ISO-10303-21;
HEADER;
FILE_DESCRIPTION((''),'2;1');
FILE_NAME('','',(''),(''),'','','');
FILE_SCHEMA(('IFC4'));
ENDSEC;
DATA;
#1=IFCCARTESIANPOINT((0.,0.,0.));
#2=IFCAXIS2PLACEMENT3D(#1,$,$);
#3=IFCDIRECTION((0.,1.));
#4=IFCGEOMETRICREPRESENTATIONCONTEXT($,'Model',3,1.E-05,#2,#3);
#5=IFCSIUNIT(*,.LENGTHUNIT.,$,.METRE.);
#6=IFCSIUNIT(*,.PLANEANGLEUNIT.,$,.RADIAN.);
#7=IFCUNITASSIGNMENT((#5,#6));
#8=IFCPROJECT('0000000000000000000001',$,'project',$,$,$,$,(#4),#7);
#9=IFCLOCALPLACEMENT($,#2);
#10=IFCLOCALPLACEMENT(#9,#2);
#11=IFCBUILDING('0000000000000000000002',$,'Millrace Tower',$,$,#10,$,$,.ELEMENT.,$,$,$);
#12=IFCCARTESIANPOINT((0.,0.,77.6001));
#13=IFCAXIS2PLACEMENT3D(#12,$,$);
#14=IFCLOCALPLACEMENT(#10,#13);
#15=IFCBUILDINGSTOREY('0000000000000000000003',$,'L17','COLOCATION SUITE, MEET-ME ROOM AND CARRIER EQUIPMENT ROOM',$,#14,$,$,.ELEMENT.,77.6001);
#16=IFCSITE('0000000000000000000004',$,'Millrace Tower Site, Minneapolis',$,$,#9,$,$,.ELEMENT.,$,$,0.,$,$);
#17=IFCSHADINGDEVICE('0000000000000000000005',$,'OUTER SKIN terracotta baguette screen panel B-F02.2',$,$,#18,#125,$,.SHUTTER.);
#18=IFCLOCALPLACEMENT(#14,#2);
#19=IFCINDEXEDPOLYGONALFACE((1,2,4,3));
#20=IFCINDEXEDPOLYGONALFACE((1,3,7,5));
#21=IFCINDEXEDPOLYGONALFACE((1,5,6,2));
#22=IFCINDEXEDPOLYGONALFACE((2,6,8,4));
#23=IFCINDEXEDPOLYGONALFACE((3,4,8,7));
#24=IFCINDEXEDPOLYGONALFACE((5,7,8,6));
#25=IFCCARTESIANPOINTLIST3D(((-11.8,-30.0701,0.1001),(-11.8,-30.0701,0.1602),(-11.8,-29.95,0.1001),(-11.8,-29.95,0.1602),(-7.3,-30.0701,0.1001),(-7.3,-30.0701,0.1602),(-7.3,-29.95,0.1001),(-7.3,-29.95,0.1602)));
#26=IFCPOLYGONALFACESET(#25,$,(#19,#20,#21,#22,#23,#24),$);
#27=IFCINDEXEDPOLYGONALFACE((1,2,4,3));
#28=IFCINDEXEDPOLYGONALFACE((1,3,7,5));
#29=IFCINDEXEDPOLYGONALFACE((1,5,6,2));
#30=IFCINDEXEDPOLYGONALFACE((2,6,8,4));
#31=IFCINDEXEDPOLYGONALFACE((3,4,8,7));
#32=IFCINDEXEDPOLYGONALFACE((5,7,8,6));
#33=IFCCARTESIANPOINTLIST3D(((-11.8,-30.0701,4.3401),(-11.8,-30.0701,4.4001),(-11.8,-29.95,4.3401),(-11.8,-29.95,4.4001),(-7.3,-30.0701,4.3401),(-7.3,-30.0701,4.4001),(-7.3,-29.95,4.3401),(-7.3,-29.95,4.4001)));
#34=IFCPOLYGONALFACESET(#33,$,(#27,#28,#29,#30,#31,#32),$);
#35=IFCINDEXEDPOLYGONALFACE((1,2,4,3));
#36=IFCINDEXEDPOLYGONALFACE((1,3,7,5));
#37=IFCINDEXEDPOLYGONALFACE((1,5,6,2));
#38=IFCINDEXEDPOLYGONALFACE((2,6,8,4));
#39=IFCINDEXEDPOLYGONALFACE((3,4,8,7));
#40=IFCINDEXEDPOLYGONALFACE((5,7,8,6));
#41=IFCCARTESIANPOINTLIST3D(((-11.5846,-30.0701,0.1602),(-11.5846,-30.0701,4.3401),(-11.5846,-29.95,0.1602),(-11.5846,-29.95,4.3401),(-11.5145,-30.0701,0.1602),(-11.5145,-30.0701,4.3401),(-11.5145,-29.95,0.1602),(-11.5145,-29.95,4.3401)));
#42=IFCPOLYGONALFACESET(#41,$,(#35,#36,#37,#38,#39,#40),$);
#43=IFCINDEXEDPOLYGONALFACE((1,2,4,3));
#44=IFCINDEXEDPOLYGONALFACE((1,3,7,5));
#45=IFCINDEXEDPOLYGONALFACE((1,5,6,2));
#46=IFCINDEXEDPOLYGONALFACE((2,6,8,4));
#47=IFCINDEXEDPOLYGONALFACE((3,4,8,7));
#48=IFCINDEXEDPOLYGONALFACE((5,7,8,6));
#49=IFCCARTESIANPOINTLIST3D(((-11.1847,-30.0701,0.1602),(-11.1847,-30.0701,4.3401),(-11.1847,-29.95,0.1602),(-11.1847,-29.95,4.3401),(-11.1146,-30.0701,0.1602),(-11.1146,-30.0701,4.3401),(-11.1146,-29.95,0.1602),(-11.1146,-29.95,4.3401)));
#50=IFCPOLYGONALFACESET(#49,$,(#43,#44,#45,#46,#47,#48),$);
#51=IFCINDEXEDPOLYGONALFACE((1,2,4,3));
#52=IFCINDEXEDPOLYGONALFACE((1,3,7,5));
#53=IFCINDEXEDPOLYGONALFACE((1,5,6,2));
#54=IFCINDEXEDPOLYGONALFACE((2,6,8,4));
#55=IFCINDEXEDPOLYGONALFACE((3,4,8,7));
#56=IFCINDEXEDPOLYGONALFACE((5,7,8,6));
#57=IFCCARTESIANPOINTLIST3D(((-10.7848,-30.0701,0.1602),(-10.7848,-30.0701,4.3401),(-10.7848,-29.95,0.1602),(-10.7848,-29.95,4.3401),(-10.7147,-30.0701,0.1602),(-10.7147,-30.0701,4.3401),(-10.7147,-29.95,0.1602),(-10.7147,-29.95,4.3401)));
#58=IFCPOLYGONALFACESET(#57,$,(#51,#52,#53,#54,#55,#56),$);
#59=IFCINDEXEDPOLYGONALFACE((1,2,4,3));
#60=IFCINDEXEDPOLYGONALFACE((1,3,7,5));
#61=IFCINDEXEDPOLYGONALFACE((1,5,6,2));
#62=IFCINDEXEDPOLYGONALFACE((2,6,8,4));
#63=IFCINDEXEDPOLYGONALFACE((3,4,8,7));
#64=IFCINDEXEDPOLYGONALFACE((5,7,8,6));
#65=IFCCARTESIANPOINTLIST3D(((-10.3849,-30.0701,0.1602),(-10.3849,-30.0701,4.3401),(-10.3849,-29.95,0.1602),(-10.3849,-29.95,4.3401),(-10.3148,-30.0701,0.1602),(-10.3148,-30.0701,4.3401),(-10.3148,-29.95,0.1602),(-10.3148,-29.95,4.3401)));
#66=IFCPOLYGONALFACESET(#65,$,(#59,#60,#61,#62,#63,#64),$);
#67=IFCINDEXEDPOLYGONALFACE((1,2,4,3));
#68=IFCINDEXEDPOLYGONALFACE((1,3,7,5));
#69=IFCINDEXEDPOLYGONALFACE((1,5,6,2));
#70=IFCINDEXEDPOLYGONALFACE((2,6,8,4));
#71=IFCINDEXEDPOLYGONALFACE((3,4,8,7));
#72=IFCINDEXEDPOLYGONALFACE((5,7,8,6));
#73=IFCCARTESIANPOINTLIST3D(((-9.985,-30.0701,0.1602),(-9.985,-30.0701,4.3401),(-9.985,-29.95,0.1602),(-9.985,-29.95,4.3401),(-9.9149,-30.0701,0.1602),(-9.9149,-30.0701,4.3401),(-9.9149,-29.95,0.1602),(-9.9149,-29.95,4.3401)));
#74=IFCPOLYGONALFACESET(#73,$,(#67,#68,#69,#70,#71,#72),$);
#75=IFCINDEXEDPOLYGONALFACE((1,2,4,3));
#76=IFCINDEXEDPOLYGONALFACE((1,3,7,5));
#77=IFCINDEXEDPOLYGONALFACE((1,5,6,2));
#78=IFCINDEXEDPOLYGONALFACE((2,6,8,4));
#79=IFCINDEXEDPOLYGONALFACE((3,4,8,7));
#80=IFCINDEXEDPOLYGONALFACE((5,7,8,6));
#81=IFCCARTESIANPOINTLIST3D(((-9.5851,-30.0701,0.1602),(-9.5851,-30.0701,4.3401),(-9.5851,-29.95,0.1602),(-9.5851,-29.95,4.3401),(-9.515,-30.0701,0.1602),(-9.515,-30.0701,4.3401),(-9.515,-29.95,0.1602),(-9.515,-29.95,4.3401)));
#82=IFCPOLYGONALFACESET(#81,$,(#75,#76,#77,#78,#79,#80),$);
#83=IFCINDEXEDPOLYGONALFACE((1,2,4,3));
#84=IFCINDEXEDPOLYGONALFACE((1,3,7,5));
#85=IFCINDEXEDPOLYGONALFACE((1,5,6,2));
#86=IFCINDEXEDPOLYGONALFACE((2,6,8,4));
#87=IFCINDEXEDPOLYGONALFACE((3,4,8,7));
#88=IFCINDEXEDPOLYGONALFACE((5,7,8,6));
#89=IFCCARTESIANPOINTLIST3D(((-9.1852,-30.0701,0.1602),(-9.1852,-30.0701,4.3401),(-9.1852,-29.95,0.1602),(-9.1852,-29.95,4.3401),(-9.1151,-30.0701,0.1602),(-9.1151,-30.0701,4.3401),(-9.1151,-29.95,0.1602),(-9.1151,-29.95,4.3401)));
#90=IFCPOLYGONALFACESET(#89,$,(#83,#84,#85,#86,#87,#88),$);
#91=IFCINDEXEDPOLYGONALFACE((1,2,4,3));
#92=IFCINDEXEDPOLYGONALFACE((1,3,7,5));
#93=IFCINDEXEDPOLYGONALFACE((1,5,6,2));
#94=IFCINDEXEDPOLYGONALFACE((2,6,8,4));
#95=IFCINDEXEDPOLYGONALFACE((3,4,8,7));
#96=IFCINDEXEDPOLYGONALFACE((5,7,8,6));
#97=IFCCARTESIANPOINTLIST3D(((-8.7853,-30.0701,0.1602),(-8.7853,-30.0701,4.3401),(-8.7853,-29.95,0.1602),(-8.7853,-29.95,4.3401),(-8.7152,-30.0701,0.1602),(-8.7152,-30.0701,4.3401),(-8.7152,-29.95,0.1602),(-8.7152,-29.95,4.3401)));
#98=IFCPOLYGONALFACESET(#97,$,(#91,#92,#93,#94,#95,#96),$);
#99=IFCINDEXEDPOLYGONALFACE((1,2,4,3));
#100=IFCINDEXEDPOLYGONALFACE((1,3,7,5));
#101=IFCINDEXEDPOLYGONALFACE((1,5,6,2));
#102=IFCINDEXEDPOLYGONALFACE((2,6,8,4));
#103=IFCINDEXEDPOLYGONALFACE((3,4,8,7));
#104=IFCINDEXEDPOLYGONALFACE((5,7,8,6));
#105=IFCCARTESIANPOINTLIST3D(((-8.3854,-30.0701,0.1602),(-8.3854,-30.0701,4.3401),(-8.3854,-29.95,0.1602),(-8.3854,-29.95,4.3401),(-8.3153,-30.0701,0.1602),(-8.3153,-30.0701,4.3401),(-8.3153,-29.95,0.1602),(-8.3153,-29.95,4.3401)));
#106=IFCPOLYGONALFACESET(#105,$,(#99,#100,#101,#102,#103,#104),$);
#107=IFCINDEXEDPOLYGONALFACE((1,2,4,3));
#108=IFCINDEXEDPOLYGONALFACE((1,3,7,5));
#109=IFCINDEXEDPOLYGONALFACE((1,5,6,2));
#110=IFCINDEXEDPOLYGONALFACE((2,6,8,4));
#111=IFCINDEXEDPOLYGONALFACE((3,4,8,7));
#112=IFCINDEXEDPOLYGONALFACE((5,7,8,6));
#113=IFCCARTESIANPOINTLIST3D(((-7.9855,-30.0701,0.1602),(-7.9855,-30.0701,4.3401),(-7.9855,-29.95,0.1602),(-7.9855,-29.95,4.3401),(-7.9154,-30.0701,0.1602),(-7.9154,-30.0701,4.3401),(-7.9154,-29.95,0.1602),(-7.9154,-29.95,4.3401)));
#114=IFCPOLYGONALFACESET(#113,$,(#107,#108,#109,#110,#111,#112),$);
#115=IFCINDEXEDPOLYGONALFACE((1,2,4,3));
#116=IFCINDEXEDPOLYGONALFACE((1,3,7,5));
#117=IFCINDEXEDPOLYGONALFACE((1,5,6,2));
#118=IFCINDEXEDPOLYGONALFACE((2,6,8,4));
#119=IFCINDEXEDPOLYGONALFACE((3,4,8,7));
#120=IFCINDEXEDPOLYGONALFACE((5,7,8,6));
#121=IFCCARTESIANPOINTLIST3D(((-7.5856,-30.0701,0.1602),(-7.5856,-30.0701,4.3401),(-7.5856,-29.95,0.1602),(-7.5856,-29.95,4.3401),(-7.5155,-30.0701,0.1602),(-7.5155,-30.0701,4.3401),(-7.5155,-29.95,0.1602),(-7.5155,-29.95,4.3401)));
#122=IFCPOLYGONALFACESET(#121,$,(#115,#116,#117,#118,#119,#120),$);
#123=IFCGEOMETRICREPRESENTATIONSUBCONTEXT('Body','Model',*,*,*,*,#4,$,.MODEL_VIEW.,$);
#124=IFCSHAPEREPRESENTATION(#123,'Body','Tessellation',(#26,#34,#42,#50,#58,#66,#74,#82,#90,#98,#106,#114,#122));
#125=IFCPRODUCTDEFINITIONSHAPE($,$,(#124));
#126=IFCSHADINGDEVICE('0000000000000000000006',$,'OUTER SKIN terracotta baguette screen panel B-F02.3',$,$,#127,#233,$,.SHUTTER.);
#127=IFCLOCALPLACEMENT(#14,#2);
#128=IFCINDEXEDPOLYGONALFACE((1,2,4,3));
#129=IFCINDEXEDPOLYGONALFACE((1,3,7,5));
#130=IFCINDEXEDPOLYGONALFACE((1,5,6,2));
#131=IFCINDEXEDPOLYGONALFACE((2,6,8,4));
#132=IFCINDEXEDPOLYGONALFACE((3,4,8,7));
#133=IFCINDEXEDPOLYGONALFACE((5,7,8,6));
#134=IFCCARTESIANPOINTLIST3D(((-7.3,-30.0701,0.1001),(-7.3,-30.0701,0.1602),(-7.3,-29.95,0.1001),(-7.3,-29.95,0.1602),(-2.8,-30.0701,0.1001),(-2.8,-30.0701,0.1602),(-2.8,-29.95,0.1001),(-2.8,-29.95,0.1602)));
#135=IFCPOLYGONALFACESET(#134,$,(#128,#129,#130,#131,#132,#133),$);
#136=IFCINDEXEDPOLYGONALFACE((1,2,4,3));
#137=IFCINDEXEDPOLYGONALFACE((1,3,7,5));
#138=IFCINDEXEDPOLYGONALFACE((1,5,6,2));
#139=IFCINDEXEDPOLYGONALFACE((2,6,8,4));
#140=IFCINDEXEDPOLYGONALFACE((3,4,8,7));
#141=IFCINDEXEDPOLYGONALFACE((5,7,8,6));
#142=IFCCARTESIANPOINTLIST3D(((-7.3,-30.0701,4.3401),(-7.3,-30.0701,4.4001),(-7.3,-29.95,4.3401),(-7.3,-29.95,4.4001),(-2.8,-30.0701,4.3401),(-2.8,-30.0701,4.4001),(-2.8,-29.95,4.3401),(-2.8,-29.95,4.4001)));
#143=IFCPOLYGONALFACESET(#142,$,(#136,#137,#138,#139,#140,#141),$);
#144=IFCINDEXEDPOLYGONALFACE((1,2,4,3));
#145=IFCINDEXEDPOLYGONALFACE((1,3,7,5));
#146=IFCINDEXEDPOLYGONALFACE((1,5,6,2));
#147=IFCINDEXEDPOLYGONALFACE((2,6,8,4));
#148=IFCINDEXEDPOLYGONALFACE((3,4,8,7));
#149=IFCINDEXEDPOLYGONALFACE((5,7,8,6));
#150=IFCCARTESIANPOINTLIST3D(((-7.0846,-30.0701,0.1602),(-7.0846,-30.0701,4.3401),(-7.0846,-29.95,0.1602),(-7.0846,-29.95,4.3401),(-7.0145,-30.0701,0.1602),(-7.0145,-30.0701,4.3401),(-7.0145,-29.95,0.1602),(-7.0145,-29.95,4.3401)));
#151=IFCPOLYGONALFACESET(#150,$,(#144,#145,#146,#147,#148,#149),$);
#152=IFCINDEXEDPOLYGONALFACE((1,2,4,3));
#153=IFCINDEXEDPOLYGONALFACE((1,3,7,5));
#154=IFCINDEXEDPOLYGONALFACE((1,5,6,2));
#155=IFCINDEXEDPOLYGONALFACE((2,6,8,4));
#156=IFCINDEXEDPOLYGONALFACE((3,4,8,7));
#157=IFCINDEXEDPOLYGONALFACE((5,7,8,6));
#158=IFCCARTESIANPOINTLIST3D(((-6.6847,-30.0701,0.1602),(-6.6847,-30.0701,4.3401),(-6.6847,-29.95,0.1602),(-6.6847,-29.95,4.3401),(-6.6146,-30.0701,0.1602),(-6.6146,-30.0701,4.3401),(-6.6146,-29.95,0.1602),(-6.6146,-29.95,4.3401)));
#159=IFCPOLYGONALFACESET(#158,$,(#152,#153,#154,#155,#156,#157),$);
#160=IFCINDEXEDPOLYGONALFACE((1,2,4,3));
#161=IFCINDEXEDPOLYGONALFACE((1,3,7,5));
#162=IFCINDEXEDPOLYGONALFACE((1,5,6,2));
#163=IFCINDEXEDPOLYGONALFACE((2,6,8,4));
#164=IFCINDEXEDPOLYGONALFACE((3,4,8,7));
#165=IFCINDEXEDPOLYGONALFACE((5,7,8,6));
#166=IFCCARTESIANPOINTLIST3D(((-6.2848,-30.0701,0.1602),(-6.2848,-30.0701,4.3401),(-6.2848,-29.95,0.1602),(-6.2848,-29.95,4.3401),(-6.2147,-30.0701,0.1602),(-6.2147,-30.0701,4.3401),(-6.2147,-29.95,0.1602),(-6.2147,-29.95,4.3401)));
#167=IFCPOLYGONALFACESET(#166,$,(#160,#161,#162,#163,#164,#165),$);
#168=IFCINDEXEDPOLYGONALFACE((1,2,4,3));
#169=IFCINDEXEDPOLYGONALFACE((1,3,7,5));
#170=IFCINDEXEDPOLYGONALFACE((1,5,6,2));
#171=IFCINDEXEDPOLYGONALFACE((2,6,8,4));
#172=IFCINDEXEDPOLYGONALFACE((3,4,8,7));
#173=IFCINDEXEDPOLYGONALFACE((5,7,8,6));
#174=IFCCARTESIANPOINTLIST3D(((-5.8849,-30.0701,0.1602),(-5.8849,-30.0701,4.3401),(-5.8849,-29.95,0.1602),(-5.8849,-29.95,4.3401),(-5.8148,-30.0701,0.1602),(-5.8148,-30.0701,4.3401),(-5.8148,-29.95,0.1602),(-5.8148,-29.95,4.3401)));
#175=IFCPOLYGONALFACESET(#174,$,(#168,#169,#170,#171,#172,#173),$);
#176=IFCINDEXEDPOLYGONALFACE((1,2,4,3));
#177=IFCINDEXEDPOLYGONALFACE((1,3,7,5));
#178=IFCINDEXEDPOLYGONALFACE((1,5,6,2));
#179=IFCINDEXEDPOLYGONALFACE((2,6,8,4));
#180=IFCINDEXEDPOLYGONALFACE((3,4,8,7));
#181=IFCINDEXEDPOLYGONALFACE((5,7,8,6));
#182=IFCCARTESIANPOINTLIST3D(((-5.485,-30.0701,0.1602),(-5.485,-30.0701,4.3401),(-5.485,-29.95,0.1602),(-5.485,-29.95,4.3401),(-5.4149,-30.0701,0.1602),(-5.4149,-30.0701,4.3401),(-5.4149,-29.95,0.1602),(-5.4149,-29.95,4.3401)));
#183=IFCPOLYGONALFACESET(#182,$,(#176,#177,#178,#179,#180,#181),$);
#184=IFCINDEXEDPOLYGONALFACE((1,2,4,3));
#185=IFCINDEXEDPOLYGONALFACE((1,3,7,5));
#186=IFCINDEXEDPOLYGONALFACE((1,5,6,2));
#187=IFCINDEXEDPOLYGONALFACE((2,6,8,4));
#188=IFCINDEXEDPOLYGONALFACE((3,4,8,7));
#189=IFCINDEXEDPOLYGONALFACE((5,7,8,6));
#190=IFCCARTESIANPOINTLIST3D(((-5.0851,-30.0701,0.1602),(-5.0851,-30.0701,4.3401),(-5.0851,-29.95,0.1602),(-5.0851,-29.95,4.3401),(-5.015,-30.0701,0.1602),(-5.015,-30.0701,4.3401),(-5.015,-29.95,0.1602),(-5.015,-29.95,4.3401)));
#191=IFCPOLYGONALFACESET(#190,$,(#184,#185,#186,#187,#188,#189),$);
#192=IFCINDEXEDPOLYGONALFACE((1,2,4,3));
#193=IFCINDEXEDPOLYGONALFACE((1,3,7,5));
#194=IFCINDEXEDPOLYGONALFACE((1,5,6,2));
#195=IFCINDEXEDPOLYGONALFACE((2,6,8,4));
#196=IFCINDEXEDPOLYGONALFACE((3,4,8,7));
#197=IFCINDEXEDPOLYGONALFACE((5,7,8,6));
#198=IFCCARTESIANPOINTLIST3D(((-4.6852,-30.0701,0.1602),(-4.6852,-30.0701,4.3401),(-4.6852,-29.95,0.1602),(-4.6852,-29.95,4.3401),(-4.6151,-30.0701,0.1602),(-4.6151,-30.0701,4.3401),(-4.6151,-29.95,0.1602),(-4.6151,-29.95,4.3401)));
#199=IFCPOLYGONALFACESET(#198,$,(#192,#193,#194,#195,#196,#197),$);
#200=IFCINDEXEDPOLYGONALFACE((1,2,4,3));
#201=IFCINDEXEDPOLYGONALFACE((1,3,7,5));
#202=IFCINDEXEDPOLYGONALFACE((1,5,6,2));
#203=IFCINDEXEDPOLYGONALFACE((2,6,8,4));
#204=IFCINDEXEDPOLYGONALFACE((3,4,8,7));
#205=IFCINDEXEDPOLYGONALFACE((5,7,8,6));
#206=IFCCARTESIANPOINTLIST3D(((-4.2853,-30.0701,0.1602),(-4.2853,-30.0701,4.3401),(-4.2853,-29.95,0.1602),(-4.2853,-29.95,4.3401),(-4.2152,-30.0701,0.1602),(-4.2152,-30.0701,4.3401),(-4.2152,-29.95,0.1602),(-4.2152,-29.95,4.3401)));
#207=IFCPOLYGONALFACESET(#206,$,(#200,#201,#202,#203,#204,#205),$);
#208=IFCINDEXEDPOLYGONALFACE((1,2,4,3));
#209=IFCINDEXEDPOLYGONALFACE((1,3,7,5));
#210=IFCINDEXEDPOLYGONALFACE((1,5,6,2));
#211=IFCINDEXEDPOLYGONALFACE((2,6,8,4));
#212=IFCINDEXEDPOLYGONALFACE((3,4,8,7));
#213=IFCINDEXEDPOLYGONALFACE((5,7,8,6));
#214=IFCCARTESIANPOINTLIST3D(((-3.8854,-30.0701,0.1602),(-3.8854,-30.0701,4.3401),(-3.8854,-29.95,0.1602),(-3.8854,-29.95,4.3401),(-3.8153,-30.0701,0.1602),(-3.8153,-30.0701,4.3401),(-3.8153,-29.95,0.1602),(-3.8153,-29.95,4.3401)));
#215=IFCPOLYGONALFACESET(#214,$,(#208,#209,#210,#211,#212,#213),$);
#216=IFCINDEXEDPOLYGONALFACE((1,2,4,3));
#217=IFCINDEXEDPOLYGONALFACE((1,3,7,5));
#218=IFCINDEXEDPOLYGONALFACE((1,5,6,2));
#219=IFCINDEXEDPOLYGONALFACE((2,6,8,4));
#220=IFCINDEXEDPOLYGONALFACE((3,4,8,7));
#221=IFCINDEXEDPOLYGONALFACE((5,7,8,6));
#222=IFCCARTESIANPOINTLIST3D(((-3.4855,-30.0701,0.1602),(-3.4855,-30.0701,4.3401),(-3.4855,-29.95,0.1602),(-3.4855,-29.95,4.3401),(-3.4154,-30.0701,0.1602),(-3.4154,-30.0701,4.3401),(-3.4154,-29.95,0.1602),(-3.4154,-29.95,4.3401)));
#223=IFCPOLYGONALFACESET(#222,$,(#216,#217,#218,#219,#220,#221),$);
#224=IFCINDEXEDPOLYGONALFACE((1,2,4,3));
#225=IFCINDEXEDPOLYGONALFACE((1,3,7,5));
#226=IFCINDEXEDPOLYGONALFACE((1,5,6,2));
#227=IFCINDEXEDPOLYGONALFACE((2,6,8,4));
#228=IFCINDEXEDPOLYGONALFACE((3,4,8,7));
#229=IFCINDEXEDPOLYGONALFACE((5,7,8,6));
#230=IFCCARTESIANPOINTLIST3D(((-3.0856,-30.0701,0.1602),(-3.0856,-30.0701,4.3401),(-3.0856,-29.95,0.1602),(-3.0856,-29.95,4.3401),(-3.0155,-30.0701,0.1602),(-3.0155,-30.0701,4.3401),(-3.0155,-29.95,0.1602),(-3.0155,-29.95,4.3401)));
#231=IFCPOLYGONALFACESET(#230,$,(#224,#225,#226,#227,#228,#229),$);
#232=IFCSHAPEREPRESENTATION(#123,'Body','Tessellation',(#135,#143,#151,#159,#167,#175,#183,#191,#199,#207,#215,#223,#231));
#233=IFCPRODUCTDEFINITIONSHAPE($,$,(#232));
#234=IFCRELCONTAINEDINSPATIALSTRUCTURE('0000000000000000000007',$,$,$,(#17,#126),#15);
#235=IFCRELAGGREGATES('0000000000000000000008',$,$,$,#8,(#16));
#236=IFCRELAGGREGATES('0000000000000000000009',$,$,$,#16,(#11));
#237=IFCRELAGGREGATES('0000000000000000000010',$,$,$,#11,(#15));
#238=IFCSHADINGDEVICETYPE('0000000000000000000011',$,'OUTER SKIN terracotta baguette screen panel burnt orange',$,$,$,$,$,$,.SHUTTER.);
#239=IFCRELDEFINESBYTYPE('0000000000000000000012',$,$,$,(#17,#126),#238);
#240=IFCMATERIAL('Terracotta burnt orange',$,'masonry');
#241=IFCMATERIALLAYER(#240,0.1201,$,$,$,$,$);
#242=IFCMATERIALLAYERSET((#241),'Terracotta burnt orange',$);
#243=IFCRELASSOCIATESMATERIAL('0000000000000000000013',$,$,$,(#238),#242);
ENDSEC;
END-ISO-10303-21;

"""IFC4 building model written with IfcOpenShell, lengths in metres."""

from ifc_helpers import new_model, entity, si_unit, direction, frame, frame_2d, origin, origin_2d, place, context, subcontext, project, spatial, rectangle, extrude, source, transform, mapped, material, layer, layer_set, type_object, element, save


model = new_model("IFC4")

# Units and contexts
model_context = context("Model", 3, precision=1e-05, world=origin(), true_north=direction((0.0, 1.0)))
body_context = subcontext(model_context, "Body", "Model", "MODEL_VIEW")
ifc_project = project(units=[si_unit("LENGTHUNIT", "METRE"), si_unit("PLANEANGLEUNIT", "RADIAN")], contexts=[model_context])

# Site, building, storey
site_placement = place(None, origin())
site = spatial("IfcSite", under=ifc_project, at=site_placement, Name="Millrace Tower Site, Minneapolis", CompositionType="ELEMENT", RefElevation=0.0)
building_placement = place(site_placement, origin())
building = spatial("IfcBuilding", under=site, at=building_placement, Name="Millrace Tower", CompositionType="ELEMENT")
storey_placement = place(building_placement, frame((0.0, 0.0, 77.6001)))
storey = spatial("IfcBuildingStorey", under=building, at=storey_placement, Name="L17", Description="COLOCATION SUITE, MEET-ME ROOM AND CARRIER EQUIPMENT ROOM", CompositionType="ELEMENT", Elevation=77.6001)

# Shading devices
ifc_material_1 = material(Name="Terracotta burnt orange", Category="masonry")
ifc_layer_1 = layer(ifc_material_1, 0.1201)
ifc_layer_set_1 = layer_set([ifc_layer_1], Name="Terracotta burnt orange")
shading_device_type = type_object("IfcShadingDeviceType", Name="OUTER SKIN terracotta baguette screen panel burnt orange", PredefinedType="SHUTTER", material=ifc_layer_set_1)
cartesian_point_1 = entity("IfcCartesianPoint", [-2.25, 0.0601])
shared_polyline_1 = entity("IfcPolyline", [cartesian_point_1, entity("IfcCartesianPoint", [2.25, 0.0601]), entity("IfcCartesianPoint", [2.25, -0.0601]), entity("IfcCartesianPoint", [-2.25, -0.0601]), cartesian_point_1])
shared_shape_1 = source(origin(), body_context, "Body", "SweptSolid", [
    entity("IfcExtrudedAreaSolid", entity("IfcArbitraryClosedProfileDef", "AREA", None, shared_polyline_1), entity("IfcAxis2Placement3D", entity("IfcCartesianPoint", [0.0, 0.0, 0.0])), entity("IfcDirection", [0.0, 0.0, 1.0]), 0.0601),
    entity("IfcExtrudedAreaSolid", entity("IfcArbitraryClosedProfileDef", "AREA", None, shared_polyline_1), entity("IfcAxis2Placement3D", entity("IfcCartesianPoint", [0.0, 0.0, 4.24])), entity("IfcDirection", [0.0, 0.0, 1.0]), 0.0601),
    extrude(rectangle(XDim=0.0701, YDim=0.1201, at=frame_2d((-1.9995, 0.0))), frame((0.0, 0.0, 0.0601)), (0.0, 0.0, 1.0), 4.1799),
    extrude(rectangle(XDim=0.0701, YDim=0.1201, at=frame_2d((-1.5996, 0.0))), frame((0.0, 0.0, 0.0601)), (0.0, 0.0, 1.0), 4.1799),
    extrude(rectangle(XDim=0.0701, YDim=0.1201, at=frame_2d((-1.1997, 0.0))), frame((0.0, 0.0, 0.0601)), (0.0, 0.0, 1.0), 4.1799),
    extrude(rectangle(XDim=0.0701, YDim=0.1201, at=frame_2d((-0.7998, 0.0))), frame((0.0, 0.0, 0.0601)), (0.0, 0.0, 1.0), 4.1799),
    extrude(rectangle(XDim=0.0701, YDim=0.1201, at=frame_2d((-0.3999, 0.0))), frame((0.0, 0.0, 0.0601)), (0.0, 0.0, 1.0), 4.1799),
    extrude(rectangle(XDim=0.0701, YDim=0.1201, at=origin_2d()), frame((0.0, 0.0, 0.0601)), (0.0, 0.0, 1.0), 4.1799),
    extrude(rectangle(XDim=0.0701, YDim=0.1201, at=frame_2d((0.3999, 0.0))), frame((0.0, 0.0, 0.0601)), (0.0, 0.0, 1.0), 4.1799),
    extrude(rectangle(XDim=0.0701, YDim=0.1201, at=frame_2d((0.7998, 0.0))), frame((0.0, 0.0, 0.0601)), (0.0, 0.0, 1.0), 4.1799),
    extrude(rectangle(XDim=0.0701, YDim=0.1201, at=frame_2d((1.1997, 0.0))), frame((0.0, 0.0, 0.0601)), (0.0, 0.0, 1.0), 4.1799),
    extrude(rectangle(XDim=0.0701, YDim=0.1201, at=frame_2d((1.5996, 0.0))), frame((0.0, 0.0, 0.0601)), (0.0, 0.0, 1.0), 4.1799),
    extrude(rectangle(XDim=0.0701, YDim=0.1201, at=frame_2d((1.9995, 0.0))), frame((0.0, 0.0, 0.0601)), (0.0, 0.0, 1.0), 4.1799),
])
for number, where, z_axis, x_axis, name in (
    (1, (-9.55, -30.01, 0.1001), (0.0, 0.0, 1.0), (1.0, 0.0, 0.0), "OUTER SKIN terracotta baguette screen panel B-F02.2"),
    (2, (-5.05, -30.01, 0.1001), (0.0, 0.0, 1.0), (1.0, 0.0, 0.0), "OUTER SKIN terracotta baguette screen panel B-F02.3"),
):
    element("IfcShadingDevice", number, at=place(storey_placement, frame(where, z_axis=z_axis, x_axis=x_axis)), inside=storey, type_object=shading_device_type, Name=name, PredefinedType="SHUTTER", context=body_context, shape_type="MappedRepresentation", body=[
        mapped(shared_shape_1, transform((0.0, 0.0, 0.0), scale=1.0)),
    ])

save(model, "model.ifc")
